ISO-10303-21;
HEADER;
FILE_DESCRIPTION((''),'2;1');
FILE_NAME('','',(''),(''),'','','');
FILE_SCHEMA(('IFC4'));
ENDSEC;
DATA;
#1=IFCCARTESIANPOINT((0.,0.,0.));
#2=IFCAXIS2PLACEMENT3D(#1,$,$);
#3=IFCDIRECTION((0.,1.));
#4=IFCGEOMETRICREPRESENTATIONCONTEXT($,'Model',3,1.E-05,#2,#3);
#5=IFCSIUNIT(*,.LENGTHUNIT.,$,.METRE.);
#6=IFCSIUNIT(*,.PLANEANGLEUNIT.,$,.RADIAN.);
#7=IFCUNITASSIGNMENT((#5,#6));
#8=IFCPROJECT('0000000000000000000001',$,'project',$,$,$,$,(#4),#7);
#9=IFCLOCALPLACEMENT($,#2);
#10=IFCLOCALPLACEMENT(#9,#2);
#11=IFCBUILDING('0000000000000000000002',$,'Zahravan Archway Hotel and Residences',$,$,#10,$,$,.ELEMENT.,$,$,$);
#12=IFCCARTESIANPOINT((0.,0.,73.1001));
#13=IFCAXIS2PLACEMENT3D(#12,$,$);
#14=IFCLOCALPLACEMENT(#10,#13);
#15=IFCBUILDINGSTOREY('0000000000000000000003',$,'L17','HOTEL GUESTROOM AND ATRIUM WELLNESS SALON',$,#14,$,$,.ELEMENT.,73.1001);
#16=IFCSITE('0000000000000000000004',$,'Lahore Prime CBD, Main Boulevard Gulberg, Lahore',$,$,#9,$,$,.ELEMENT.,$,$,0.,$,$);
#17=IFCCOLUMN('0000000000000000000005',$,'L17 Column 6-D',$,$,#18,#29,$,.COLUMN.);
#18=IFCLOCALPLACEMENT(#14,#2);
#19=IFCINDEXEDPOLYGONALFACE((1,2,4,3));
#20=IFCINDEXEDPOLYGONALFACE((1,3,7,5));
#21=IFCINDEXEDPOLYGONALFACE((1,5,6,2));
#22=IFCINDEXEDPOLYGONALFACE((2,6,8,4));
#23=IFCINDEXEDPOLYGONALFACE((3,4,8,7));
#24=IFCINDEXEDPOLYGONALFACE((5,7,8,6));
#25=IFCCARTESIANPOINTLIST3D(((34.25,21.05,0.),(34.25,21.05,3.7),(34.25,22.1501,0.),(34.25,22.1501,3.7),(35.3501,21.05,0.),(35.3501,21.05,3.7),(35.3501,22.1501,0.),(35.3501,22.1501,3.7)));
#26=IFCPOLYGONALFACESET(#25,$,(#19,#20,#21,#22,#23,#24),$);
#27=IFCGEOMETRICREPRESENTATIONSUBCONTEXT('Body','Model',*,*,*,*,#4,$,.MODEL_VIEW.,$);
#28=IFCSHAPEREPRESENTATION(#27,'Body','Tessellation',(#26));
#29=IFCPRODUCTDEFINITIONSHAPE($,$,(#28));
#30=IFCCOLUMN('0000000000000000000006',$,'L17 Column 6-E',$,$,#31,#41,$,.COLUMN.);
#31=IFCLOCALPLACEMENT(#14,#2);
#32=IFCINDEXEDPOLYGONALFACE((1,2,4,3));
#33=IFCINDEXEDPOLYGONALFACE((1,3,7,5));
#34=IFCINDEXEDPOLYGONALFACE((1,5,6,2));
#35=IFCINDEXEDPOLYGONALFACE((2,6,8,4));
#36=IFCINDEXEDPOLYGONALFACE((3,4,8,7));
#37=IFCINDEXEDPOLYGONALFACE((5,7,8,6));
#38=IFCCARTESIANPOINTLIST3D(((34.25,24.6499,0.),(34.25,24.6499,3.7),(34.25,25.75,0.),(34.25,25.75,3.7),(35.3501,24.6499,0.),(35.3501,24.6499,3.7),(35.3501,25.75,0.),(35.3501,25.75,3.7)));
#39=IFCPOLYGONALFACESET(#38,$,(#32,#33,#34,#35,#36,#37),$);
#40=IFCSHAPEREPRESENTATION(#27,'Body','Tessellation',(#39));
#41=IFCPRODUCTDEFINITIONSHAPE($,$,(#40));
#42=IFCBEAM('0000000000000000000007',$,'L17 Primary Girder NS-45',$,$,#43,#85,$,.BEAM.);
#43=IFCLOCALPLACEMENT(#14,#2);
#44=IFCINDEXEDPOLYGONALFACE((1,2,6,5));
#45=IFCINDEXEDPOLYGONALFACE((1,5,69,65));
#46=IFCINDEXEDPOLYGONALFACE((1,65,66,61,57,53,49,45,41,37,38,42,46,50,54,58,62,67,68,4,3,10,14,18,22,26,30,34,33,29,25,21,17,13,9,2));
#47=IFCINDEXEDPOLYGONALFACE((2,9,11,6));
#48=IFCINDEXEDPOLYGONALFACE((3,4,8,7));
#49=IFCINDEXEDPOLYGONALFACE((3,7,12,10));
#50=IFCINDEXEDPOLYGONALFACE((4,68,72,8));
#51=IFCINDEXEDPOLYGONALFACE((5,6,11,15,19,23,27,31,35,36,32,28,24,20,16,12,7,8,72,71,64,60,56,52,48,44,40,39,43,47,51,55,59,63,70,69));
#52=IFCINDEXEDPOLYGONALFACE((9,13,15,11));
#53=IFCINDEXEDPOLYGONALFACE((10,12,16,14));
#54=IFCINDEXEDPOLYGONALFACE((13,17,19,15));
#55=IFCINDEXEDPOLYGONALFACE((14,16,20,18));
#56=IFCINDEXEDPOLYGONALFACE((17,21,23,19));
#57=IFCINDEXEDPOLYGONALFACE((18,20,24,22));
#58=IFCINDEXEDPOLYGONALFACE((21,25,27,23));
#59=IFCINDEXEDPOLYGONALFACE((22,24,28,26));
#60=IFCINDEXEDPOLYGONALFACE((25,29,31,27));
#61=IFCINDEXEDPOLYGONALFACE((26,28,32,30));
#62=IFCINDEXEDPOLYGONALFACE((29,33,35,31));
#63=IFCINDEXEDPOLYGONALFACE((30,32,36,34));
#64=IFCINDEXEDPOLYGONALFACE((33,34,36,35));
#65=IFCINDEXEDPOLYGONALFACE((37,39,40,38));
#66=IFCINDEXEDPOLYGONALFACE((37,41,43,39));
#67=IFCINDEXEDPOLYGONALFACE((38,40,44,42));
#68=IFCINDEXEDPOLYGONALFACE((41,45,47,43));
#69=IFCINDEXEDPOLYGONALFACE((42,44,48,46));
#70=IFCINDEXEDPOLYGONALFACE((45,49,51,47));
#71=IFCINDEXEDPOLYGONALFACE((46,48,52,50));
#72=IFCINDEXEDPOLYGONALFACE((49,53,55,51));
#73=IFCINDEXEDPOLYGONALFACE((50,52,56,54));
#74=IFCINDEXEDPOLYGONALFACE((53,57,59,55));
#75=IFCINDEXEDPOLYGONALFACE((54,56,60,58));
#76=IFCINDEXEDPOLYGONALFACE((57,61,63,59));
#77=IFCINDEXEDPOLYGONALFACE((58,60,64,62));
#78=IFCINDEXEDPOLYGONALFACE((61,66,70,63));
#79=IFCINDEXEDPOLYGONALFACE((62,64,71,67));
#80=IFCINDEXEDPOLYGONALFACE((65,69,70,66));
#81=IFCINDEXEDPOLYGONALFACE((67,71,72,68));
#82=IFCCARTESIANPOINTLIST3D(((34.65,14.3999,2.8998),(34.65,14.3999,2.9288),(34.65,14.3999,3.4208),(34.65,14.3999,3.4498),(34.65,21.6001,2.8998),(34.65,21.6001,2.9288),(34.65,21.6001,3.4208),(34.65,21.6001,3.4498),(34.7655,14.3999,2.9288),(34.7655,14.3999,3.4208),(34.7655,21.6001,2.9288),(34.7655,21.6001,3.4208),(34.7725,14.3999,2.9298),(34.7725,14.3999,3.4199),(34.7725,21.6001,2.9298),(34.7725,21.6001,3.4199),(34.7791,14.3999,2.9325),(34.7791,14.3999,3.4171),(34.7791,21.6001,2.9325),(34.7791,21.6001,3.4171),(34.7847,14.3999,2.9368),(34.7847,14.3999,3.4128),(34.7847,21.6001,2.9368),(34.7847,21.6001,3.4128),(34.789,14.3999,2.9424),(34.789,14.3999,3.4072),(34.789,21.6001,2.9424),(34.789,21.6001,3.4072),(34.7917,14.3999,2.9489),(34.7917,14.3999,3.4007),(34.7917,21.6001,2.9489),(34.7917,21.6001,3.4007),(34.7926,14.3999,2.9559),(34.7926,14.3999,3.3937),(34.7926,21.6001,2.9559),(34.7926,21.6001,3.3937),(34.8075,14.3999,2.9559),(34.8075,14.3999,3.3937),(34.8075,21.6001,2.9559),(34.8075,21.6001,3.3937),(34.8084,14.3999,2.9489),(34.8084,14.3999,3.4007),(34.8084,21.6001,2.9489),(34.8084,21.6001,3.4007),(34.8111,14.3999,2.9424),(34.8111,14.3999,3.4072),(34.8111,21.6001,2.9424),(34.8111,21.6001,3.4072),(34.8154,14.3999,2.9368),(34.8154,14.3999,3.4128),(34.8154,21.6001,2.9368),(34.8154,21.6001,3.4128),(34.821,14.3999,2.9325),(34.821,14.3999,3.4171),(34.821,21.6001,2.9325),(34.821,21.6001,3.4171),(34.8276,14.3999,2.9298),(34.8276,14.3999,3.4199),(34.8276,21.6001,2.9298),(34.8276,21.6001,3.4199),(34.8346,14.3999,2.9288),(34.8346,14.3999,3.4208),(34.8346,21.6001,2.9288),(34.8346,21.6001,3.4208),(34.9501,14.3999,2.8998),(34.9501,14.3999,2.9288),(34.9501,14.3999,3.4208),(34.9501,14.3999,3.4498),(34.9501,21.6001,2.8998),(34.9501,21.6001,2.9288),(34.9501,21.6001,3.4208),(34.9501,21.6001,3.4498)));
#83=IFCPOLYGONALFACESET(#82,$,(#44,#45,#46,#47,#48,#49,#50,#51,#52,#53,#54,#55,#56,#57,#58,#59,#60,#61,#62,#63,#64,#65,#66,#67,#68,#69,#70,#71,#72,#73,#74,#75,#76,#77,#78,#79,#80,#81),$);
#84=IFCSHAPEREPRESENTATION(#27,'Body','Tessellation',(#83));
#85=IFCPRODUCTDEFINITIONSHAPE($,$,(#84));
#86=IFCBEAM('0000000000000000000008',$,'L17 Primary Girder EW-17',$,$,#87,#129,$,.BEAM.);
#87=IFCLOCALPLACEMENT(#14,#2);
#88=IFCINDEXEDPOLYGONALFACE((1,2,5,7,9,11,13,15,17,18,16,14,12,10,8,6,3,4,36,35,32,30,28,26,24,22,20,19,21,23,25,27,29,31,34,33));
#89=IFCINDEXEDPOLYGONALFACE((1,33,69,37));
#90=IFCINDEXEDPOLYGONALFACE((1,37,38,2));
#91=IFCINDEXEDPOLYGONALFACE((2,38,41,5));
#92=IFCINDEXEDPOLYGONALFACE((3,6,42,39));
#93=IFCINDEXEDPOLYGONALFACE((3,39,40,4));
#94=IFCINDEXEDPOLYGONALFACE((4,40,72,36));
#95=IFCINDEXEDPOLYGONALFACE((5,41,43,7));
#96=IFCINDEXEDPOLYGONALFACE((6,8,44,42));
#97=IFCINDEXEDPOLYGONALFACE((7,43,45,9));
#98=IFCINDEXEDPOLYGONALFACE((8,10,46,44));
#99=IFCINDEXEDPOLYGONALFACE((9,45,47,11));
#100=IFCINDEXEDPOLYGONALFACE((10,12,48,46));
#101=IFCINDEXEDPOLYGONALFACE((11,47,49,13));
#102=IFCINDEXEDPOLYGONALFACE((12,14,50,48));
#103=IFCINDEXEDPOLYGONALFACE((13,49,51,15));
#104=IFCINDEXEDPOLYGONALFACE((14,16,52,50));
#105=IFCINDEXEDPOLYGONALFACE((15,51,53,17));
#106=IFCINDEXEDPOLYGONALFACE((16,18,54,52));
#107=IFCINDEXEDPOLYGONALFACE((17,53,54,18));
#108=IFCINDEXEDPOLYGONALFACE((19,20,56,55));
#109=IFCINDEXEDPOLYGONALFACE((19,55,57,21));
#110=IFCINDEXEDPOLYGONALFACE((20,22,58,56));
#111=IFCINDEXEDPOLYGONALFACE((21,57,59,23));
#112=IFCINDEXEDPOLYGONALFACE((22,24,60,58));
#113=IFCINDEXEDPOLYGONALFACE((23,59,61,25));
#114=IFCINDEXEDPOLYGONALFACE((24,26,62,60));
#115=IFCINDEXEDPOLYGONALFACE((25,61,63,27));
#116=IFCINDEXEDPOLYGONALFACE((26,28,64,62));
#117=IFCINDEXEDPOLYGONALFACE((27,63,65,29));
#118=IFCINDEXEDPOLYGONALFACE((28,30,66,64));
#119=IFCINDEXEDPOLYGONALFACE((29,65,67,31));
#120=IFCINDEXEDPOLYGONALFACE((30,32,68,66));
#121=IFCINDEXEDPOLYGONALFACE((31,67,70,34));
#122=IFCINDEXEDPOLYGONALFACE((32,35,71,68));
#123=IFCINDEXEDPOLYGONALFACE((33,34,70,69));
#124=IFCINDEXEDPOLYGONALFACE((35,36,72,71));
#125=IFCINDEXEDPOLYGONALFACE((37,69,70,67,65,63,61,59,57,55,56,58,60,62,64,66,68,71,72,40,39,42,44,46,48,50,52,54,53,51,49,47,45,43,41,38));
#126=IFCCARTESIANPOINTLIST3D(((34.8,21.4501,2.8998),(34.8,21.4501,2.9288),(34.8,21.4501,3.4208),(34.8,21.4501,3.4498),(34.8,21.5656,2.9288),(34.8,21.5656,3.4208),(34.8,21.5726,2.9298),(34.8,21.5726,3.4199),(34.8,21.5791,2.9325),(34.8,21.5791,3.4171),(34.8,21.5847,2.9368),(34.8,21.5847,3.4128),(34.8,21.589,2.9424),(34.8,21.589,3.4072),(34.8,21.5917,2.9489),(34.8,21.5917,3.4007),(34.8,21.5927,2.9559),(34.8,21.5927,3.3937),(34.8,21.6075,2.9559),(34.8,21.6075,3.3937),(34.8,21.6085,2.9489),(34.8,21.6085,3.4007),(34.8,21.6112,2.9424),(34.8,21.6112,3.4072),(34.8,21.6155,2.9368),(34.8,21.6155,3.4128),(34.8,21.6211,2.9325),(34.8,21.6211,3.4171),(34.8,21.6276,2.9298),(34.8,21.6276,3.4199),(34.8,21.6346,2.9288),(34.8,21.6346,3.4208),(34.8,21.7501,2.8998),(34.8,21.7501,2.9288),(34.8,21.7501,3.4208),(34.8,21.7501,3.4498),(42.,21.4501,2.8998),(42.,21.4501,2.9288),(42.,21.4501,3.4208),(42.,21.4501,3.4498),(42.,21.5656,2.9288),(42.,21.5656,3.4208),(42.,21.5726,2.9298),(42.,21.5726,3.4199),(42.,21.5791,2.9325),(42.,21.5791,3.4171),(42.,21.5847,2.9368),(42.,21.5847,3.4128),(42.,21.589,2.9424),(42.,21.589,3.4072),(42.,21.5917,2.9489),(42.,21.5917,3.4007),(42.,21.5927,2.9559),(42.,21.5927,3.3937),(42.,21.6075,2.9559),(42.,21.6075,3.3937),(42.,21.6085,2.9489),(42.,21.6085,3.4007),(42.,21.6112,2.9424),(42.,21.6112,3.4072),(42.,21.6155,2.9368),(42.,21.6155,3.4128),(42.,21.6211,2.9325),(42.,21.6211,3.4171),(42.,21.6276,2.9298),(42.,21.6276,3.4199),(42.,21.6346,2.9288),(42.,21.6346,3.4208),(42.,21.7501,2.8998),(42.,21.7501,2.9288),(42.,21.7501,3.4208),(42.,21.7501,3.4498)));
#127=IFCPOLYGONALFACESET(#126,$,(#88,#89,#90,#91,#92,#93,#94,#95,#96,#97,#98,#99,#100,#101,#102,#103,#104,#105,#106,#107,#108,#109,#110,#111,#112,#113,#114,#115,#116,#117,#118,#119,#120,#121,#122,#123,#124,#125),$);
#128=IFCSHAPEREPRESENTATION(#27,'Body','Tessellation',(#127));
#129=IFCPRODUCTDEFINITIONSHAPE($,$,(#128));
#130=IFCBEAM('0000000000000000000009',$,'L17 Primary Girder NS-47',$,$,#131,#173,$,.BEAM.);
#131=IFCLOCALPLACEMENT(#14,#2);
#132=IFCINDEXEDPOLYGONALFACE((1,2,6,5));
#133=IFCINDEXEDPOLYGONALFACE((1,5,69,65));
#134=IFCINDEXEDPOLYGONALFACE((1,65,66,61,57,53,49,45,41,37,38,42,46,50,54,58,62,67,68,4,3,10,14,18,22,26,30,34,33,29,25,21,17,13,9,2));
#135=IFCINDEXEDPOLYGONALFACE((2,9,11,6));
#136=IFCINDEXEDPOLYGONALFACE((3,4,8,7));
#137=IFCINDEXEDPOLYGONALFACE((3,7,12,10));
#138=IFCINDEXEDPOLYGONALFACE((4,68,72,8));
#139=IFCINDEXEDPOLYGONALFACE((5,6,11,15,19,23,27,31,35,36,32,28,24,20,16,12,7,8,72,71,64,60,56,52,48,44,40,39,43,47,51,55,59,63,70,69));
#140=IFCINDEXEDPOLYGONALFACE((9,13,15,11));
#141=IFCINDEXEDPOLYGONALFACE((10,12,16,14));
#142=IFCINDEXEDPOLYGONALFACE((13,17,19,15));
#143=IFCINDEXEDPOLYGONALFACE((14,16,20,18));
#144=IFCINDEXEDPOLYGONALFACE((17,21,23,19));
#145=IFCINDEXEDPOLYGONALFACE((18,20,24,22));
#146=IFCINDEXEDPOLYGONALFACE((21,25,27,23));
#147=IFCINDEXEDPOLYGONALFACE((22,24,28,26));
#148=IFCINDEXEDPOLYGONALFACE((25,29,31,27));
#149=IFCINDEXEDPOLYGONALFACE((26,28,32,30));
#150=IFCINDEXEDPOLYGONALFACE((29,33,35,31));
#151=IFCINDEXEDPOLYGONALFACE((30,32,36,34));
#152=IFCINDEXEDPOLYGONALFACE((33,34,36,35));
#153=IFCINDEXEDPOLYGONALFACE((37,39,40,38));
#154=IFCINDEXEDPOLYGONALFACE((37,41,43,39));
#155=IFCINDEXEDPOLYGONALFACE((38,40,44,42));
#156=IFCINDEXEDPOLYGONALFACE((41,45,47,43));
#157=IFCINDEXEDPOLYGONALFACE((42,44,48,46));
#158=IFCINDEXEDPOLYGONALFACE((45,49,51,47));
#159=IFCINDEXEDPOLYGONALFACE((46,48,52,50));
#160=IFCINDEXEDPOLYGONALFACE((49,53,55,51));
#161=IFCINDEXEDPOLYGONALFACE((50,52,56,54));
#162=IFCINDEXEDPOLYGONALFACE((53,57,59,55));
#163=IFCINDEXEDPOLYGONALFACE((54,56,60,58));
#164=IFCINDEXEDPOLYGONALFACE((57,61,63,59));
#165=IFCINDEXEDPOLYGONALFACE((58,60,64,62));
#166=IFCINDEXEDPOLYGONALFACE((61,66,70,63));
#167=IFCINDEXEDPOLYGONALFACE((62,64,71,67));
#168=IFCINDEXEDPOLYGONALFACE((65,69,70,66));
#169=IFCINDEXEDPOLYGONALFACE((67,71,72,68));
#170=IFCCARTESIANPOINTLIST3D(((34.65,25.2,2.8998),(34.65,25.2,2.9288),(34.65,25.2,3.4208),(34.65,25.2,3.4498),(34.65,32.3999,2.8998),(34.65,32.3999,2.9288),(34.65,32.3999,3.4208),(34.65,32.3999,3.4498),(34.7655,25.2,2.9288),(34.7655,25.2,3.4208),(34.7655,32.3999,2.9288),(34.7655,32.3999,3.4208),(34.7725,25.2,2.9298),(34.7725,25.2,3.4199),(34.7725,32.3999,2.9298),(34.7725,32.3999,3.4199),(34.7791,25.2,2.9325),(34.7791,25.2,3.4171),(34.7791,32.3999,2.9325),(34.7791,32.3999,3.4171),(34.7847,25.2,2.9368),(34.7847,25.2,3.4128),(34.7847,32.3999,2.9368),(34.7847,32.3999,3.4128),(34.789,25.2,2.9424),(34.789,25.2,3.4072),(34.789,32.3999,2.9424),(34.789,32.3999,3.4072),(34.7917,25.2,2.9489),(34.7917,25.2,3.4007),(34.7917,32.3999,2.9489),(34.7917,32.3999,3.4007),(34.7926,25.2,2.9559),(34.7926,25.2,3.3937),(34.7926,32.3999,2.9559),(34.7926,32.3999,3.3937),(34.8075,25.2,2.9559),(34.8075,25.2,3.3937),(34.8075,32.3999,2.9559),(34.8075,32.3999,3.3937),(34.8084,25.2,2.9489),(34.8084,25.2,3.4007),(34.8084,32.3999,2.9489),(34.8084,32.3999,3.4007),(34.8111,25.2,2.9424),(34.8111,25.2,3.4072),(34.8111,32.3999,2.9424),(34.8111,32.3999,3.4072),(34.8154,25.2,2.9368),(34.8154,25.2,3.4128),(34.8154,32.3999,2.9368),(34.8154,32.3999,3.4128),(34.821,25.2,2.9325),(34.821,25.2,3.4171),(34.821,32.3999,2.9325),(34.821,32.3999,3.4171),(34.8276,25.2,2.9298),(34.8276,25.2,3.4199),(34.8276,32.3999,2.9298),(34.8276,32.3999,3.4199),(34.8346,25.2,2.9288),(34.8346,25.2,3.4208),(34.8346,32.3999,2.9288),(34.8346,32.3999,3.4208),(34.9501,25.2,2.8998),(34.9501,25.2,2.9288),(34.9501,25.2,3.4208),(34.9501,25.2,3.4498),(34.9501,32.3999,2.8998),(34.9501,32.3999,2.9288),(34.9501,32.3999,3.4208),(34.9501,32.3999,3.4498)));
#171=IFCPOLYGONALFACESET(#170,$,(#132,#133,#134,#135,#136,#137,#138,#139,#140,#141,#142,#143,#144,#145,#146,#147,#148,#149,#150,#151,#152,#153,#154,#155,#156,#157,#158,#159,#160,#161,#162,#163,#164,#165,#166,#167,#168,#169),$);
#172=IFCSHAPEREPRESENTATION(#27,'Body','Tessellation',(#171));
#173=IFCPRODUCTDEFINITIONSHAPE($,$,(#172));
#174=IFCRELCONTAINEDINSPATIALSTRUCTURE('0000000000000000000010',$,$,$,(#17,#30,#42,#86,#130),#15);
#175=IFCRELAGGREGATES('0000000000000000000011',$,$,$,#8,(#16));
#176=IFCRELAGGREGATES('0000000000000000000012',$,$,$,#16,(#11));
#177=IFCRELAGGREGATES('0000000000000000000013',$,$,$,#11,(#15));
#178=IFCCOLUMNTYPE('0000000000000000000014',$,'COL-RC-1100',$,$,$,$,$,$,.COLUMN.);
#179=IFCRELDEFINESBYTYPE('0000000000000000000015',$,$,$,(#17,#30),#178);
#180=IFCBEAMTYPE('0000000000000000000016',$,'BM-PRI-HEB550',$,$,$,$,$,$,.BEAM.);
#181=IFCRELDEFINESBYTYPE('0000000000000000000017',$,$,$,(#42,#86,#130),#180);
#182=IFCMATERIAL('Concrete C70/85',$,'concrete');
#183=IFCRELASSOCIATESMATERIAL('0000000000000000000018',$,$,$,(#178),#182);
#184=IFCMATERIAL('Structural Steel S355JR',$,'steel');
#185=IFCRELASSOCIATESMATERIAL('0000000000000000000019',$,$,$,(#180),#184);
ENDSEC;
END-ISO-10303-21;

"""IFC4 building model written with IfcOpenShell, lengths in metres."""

from ifc_helpers import new_model, si_unit, direction, frame, origin, origin_2d, place, context, subcontext, project, spatial, rectangle, i_section, extrude, source, transform, mapped, material, material_profile, profile_set, type_object, type_shapes, element, save


model = new_model("IFC4")

# Units and contexts
model_context = context("Model", 3, precision=1e-05, world=origin(), true_north=direction((0.0, 1.0)))
body_context = subcontext(model_context, "Body", "Model", "MODEL_VIEW")
ifc_project = project(units=[si_unit("LENGTHUNIT", "METRE"), si_unit("PLANEANGLEUNIT", "RADIAN")], contexts=[model_context])

# Site, building, storey
site_placement = place(None, origin())
site = spatial("IfcSite", under=ifc_project, at=site_placement, Name="Lahore Prime CBD, Main Boulevard Gulberg, Lahore", CompositionType="ELEMENT", RefElevation=0.0)
building_placement = place(site_placement, origin())
building = spatial("IfcBuilding", under=site, at=building_placement, Name="Zahravan Archway Hotel and Residences", CompositionType="ELEMENT")
storey_placement = place(building_placement, frame((0.0, 0.0, 73.1001)))
storey = spatial("IfcBuildingStorey", under=building, at=storey_placement, Name="L17", Description="HOTEL GUESTROOM AND ATRIUM WELLNESS SALON", CompositionType="ELEMENT", Elevation=73.1001)

# Columns
ifc_material_1 = material(Name="Concrete C70/85", Category="concrete")
ifc_material_profile_1 = material_profile(ifc_material_1, rectangle(XDim=1.1001, YDim=1.1001, at=origin_2d()), Name="RC 1100x1100", Category="concrete")
ifc_profile_set_1 = profile_set([ifc_material_profile_1], Name="Concrete C70/85")
column_type = type_object("IfcColumnType", Name="COL-RC-1100", PredefinedType="COLUMN", material=ifc_profile_set_1)
shared_shape_1 = source(origin(), body_context, "Body", "SweptSolid", [
    extrude(rectangle(XDim=1.1001, YDim=1.1001, at=origin_2d()), origin(), (0.0, 0.0, 1.0), 3.7),
])
for number, where, z_axis, x_axis, name in (
    (1, (34.8, 21.6001, 0.0), (0.0, 0.0, 1.0), (1.0, 0.0, 0.0), "L17 Column 6-D"),
    (2, (34.8, 25.2, 0.0), (0.0, 0.0, 1.0), (1.0, 0.0, 0.0), "L17 Column 6-E"),
):
    element("IfcColumn", number, at=place(storey_placement, frame(where, z_axis=z_axis, x_axis=x_axis)), inside=storey, type_object=column_type, Name=name, PredefinedType="COLUMN", context=body_context, shape_type="MappedRepresentation", body=[
        mapped(shared_shape_1, transform((0.0, 0.0, 0.0), scale=1.0)),
    ])

# Beams
ifc_material_2 = material(Name="Structural Steel S355JR", Category="steel")
ifc_material_profile_2 = material_profile(ifc_material_2, i_section(OverallWidth=0.3, OverallDepth=0.55, WebThickness=0.0149, FlangeThickness=0.0291, FilletRadius=0.0271, at=origin_2d()), Name="HEB 550", Category="steel")
ifc_profile_set_2 = profile_set([ifc_material_profile_2], Name="Structural Steel S355JR")
beam_type = type_object("IfcBeamType", Name="BM-PRI-HEB550", PredefinedType="BEAM", material=ifc_profile_set_2)
shared_shape_2 = source(origin(), body_context, "Body", "SweptSolid", [
    extrude(i_section(OverallWidth=0.3, OverallDepth=0.55, WebThickness=0.0149, FlangeThickness=0.0291, FilletRadius=0.0271, at=origin_2d()), origin(), (0.0, 0.0, 1.0), 7.2002),
])
type_shapes(beam_type, [shared_shape_2])
beam_1_placement = place(storey_placement, frame((34.8, 14.3999, 3.1748), z_axis=(0.0, 1.0, 0.0), x_axis=(-1.0, 0.0, 0.0)))
element("IfcBeam", 3, at=beam_1_placement, inside=storey, type_object=beam_type, Name="L17 Primary Girder NS-45", PredefinedType="BEAM", context=body_context, shape_type="MappedRepresentation", body=[
    mapped(shared_shape_2, transform((0.0, 0.0, 0.0), scale=1.0)),
])
shared_shape_3 = source(origin(), body_context, "Body", "SweptSolid", [
    extrude(i_section(OverallWidth=0.3, OverallDepth=0.55, WebThickness=0.0149, FlangeThickness=0.0291, FilletRadius=0.0271, at=origin_2d()), origin(), (0.0, 0.0, 1.0), 7.2),
])
for number, where, z_axis, x_axis, name in (
    (4, (34.8, 21.6001, 3.1748), (1.0, 0.0, 0.0), (0.0, 1.0, 0.0), "L17 Primary Girder EW-17"),
    (5, (34.8, 25.2, 3.1748), (0.0, 1.0, 0.0), (-1.0, 0.0, 0.0), "L17 Primary Girder NS-47"),
):
    element("IfcBeam", number, at=place(storey_placement, frame(where, z_axis=z_axis, x_axis=x_axis)), inside=storey, type_object=beam_type, Name=name, PredefinedType="BEAM", context=body_context, shape_type="MappedRepresentation", body=[
        mapped(shared_shape_3, transform((0.0, 0.0, 0.0), scale=1.0)),
    ])

save(model, "model.ifc")
